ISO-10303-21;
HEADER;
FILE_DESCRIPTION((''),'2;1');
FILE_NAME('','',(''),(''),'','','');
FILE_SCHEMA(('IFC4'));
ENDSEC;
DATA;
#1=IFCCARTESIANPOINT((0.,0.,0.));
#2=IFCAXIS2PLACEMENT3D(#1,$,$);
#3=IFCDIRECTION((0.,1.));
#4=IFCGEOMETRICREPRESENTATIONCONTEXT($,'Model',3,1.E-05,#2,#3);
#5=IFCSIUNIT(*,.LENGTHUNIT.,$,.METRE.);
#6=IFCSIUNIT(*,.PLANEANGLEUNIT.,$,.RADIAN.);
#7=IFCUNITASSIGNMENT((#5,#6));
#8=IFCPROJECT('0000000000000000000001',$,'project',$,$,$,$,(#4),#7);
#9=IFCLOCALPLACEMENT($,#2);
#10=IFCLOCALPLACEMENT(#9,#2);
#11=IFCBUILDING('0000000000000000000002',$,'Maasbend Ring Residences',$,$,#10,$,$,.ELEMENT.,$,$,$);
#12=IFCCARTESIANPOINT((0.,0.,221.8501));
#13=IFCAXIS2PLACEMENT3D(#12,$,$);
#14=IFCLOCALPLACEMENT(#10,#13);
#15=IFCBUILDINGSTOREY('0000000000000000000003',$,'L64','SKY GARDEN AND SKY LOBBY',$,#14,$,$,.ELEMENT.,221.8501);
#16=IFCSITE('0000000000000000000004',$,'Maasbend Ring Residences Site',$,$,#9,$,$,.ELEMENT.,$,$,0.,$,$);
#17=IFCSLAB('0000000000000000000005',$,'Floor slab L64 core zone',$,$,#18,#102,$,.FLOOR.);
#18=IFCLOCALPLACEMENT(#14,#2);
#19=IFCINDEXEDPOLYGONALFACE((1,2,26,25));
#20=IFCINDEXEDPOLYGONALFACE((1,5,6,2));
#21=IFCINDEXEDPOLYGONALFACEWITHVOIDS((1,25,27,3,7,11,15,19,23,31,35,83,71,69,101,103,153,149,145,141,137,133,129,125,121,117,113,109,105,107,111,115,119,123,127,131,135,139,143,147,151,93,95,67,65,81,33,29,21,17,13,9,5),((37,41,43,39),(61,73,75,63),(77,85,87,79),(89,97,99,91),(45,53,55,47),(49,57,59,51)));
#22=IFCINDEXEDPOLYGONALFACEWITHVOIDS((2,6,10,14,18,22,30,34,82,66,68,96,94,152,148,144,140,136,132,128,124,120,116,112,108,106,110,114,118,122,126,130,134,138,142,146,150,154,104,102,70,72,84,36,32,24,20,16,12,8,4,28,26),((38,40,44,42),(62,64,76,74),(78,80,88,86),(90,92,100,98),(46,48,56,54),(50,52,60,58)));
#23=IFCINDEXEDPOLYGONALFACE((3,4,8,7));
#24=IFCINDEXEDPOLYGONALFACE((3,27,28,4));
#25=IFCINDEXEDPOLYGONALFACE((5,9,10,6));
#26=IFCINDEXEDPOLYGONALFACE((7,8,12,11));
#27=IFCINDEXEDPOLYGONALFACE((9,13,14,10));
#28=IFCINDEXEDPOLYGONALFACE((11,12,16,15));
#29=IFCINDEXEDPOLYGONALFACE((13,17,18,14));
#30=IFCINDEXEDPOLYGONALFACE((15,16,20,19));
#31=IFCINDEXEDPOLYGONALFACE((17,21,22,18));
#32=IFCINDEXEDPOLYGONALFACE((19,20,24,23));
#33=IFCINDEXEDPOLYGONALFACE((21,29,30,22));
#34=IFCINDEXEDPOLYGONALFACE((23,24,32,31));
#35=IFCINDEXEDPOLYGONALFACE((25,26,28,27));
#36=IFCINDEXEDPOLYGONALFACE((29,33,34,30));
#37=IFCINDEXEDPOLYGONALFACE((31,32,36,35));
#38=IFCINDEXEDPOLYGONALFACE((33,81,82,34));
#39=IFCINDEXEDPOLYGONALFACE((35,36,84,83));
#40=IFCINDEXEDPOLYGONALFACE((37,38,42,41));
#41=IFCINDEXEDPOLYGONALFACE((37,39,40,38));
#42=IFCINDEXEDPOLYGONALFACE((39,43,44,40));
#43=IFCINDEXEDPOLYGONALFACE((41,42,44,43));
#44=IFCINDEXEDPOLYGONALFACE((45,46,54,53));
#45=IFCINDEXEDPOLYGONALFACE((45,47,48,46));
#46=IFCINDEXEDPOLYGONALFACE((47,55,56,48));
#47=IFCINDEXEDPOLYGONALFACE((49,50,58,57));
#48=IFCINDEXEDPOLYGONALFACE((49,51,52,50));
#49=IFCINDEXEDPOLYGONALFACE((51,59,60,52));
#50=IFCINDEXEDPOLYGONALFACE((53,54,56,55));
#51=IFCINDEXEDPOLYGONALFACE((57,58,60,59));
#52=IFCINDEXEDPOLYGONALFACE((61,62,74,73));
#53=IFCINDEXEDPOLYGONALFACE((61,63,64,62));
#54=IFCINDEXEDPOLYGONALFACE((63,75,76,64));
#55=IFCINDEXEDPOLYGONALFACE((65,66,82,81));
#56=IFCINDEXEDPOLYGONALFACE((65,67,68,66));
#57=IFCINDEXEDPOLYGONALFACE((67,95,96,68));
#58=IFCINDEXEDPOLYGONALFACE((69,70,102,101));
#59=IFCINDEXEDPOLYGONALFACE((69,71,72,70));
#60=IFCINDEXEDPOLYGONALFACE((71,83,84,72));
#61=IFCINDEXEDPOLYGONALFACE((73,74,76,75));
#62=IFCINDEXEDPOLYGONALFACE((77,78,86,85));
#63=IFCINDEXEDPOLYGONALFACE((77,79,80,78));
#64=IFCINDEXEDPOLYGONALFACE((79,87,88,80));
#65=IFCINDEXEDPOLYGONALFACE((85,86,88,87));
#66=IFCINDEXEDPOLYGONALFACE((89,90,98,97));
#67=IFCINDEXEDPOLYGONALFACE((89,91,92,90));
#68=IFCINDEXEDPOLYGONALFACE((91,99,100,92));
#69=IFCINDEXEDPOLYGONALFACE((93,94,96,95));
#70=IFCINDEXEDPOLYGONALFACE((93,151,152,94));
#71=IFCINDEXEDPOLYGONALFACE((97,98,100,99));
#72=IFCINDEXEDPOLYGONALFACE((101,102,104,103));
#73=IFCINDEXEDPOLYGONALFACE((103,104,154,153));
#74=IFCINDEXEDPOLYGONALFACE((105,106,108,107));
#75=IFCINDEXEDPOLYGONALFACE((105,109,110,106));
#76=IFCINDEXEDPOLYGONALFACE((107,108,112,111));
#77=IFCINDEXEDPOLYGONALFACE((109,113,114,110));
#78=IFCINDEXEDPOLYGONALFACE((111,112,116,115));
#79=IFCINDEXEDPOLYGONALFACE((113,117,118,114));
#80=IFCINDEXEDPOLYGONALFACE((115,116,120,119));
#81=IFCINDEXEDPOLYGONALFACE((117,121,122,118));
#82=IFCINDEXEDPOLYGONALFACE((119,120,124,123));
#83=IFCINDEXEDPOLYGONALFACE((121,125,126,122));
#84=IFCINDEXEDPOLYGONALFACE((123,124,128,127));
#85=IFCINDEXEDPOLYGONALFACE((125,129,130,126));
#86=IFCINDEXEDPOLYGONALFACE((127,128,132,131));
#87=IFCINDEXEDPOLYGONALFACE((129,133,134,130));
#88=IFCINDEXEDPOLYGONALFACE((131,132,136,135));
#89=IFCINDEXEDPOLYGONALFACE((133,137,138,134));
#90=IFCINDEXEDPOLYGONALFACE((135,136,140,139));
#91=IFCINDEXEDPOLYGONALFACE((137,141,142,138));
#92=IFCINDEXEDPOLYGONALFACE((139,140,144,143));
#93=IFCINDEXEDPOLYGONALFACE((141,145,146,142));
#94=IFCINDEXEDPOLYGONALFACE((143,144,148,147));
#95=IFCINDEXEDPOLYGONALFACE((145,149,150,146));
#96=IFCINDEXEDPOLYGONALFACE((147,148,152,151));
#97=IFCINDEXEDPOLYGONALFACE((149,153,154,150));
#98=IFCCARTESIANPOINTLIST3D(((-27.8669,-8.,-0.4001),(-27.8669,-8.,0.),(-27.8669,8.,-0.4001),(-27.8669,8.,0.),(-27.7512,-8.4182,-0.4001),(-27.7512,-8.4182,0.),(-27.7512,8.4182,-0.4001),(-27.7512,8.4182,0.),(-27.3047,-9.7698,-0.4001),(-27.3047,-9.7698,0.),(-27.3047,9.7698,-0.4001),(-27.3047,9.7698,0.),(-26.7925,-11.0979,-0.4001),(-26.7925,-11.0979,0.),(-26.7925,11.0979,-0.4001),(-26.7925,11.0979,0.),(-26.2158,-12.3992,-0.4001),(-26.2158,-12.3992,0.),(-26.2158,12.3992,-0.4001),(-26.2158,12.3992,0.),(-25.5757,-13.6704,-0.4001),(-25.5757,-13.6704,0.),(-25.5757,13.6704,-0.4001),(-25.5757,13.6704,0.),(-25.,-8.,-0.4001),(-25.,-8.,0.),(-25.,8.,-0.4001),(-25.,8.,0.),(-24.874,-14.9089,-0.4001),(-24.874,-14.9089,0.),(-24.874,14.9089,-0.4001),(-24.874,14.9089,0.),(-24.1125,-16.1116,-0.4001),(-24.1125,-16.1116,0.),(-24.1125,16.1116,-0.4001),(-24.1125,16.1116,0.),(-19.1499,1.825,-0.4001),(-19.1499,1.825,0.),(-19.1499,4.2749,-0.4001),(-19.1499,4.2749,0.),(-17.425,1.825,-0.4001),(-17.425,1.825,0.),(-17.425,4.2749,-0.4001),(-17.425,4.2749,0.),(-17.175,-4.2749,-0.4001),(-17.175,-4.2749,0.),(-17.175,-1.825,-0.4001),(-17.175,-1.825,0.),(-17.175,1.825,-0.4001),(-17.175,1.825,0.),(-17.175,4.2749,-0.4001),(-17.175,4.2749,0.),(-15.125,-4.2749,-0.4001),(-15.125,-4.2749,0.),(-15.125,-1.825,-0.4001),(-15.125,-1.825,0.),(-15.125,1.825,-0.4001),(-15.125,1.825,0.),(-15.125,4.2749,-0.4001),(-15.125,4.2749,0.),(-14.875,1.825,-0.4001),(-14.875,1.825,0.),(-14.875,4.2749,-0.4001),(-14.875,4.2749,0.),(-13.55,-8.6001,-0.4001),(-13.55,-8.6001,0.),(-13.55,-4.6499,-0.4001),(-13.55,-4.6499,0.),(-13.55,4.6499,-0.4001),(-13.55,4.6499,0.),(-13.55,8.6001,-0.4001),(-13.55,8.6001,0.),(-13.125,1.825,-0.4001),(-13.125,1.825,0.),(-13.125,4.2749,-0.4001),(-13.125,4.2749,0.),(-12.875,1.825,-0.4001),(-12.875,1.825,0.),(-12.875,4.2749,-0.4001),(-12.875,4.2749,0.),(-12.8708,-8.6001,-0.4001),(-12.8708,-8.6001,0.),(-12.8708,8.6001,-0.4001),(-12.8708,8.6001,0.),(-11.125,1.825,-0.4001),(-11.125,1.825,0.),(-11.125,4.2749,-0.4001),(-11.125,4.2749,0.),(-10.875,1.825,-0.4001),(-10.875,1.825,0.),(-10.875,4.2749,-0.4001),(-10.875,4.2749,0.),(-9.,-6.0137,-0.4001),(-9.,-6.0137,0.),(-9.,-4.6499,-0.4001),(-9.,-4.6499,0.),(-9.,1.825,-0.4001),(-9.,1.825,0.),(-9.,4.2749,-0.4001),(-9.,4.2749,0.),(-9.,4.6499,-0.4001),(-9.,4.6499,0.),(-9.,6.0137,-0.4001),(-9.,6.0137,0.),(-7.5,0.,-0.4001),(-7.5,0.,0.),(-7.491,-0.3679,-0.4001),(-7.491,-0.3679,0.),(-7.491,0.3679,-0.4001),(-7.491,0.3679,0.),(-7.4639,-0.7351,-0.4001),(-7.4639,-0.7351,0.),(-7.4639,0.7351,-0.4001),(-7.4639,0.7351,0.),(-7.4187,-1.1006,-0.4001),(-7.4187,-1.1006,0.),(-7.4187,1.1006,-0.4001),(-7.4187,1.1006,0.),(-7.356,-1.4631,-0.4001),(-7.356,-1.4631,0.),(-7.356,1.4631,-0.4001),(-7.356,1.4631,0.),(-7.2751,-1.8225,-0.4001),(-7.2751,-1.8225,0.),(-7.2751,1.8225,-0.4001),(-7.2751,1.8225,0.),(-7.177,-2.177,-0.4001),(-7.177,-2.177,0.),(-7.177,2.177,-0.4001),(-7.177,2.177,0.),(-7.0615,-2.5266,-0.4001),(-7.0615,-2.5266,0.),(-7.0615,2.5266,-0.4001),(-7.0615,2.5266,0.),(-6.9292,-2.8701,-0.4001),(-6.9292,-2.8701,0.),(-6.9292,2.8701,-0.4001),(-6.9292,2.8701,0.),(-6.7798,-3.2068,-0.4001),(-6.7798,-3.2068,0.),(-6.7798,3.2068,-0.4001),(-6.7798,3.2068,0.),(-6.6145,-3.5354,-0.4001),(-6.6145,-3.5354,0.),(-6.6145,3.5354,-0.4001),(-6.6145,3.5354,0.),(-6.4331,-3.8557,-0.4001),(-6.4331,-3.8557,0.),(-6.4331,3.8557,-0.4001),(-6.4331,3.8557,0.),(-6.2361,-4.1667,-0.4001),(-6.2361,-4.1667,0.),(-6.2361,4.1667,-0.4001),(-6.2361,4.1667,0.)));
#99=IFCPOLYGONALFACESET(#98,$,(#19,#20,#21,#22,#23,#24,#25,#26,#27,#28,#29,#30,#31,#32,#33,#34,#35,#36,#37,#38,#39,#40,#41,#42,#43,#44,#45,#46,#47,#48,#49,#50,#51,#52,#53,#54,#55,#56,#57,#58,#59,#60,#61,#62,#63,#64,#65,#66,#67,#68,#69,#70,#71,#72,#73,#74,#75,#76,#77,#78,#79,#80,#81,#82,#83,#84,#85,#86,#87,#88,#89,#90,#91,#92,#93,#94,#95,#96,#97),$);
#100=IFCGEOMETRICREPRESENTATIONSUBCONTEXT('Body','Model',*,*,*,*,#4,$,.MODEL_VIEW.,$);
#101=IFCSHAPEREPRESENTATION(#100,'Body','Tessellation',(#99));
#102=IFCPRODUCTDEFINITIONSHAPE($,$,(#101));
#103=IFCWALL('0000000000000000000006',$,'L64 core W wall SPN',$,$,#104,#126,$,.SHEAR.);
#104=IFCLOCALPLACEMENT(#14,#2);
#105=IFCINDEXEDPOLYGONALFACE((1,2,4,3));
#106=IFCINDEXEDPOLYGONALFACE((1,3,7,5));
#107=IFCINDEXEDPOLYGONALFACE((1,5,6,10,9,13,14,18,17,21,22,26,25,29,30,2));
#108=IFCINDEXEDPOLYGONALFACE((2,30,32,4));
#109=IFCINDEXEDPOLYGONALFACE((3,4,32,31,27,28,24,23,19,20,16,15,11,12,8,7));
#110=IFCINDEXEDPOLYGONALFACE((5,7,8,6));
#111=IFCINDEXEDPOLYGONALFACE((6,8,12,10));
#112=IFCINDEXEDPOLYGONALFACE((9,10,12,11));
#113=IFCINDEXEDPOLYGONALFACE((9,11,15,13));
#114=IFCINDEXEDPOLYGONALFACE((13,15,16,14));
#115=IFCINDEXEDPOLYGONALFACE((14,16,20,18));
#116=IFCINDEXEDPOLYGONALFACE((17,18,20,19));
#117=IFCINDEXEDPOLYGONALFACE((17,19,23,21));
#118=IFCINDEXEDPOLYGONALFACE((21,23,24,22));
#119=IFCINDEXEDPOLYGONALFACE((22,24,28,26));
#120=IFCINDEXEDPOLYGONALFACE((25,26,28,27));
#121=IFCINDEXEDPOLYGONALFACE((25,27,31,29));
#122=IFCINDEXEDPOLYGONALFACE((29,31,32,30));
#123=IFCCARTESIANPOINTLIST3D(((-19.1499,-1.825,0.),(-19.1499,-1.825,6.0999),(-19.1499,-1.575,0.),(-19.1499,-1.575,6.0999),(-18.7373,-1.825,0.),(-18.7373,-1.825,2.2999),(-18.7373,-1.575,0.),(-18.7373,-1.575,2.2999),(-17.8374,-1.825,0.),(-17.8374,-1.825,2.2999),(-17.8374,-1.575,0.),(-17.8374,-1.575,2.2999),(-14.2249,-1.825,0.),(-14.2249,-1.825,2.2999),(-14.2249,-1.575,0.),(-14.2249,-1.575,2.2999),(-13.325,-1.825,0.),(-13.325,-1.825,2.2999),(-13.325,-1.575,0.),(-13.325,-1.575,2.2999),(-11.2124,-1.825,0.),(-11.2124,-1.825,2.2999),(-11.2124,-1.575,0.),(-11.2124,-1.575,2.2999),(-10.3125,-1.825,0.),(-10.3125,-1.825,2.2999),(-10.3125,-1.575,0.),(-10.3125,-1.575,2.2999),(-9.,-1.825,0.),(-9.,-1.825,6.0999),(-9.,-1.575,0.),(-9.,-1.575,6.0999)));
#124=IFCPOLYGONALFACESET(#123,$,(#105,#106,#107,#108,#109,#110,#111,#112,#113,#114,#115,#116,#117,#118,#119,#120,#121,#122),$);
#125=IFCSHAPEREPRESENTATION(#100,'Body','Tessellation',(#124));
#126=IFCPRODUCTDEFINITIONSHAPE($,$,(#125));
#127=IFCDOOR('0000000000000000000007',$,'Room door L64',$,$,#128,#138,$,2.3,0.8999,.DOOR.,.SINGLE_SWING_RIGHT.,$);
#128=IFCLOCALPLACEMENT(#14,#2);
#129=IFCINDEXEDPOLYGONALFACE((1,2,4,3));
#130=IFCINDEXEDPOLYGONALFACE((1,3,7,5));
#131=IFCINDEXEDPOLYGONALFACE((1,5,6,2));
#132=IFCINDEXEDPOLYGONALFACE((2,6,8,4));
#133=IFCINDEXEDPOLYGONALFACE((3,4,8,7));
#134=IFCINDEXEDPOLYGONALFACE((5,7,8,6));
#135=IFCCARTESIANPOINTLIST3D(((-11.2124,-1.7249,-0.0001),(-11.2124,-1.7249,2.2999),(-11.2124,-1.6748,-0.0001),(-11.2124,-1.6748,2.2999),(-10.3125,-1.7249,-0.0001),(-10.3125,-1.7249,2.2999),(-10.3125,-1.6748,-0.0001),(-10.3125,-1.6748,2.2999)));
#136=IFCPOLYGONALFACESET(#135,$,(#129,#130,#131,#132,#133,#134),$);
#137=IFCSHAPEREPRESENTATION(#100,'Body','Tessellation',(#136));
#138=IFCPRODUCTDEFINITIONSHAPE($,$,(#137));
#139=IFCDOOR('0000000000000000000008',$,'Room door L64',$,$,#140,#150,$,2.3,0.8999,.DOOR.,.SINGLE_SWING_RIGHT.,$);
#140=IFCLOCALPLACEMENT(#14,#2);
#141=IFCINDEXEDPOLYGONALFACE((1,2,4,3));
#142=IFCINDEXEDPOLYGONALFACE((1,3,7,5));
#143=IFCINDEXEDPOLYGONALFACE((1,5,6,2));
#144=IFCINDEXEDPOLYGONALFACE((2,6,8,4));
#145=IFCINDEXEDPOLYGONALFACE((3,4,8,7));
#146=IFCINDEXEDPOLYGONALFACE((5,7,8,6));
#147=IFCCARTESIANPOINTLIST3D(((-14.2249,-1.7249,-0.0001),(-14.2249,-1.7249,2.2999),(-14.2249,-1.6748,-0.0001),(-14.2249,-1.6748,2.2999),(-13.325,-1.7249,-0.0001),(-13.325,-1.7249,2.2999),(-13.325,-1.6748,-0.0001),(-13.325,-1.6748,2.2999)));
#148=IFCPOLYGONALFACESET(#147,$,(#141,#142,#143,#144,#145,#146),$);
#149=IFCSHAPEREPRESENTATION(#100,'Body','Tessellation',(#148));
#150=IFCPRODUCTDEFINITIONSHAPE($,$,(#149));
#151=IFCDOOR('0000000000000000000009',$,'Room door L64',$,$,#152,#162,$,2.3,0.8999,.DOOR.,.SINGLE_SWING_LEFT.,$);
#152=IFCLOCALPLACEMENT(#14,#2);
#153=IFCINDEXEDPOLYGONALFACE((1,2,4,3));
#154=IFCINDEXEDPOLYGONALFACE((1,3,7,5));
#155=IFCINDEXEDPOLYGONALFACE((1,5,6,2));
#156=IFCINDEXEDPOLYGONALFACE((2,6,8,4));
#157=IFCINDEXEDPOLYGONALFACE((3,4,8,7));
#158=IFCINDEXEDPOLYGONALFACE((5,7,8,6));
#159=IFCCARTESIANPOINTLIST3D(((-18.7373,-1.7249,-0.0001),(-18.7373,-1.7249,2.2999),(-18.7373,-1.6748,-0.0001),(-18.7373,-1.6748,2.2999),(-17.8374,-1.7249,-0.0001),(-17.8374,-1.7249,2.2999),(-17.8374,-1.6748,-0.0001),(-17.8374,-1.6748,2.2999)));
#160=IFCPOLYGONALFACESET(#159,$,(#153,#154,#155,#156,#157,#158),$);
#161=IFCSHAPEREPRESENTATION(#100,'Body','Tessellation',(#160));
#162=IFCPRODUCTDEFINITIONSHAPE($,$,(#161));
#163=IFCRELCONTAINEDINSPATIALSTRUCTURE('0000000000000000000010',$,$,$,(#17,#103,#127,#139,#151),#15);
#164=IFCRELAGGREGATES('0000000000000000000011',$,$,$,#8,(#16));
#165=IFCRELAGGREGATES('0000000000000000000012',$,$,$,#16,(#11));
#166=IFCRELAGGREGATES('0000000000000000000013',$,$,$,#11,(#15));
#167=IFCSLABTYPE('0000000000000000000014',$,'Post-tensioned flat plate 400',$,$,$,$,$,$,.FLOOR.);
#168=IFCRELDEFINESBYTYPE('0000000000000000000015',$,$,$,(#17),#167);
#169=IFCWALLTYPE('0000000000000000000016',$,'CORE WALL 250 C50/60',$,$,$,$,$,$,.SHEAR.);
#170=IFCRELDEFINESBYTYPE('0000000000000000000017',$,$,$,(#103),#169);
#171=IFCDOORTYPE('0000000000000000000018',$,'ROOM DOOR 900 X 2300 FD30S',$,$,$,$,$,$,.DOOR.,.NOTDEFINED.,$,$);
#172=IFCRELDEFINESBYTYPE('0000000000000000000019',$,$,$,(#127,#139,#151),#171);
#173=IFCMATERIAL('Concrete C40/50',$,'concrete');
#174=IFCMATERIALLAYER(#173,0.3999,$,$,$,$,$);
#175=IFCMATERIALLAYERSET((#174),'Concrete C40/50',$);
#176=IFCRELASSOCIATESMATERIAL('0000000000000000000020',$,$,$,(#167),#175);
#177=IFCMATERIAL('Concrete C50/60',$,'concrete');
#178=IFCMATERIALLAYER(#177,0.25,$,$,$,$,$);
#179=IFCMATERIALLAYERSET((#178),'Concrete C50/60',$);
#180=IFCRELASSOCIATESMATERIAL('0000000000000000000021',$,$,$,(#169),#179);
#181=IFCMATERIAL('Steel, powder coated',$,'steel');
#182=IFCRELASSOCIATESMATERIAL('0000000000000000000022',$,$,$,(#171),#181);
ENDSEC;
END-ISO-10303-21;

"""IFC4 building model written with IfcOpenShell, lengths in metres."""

from ifc_helpers import new_model, si_unit, direction, frame, frame_2d, origin, place, context, subcontext, project, spatial, polyline, rectangle, outline, extrude, material, layer, layer_set, type_object, element, fill, save


model = new_model("IFC4")

# Units and contexts
model_context = context("Model", 3, precision=1e-05, world=origin(), true_north=direction((0.0, 1.0)))
body_context = subcontext(model_context, "Body", "Model", "MODEL_VIEW")
ifc_project = project(units=[si_unit("LENGTHUNIT", "METRE"), si_unit("PLANEANGLEUNIT", "RADIAN")], contexts=[model_context])

# Site, building, storey
site_placement = place(None, origin())
site = spatial("IfcSite", under=ifc_project, at=site_placement, Name="Maasbend Ring Residences Site", CompositionType="ELEMENT", RefElevation=0.0)
building_placement = place(site_placement, origin())
building = spatial("IfcBuilding", under=site, at=building_placement, Name="Maasbend Ring Residences", CompositionType="ELEMENT")
storey_placement = place(building_placement, frame((0.0, 0.0, 221.8501)))
storey = spatial("IfcBuildingStorey", under=building, at=storey_placement, Name="L64", Description="SKY GARDEN AND SKY LOBBY", CompositionType="ELEMENT", Elevation=221.8501)

# Slab
ifc_material_1 = material(Name="Concrete C40/50", Category="concrete")
ifc_layer_1 = layer(ifc_material_1, 0.3999)
ifc_layer_set_1 = layer_set([ifc_layer_1], Name="Concrete C40/50")
slab_type_1 = type_object("IfcSlabType", Name="Post-tensioned flat plate 400", PredefinedType="FLOOR", material=ifc_layer_set_1)
slab_1_placement = place(storey_placement, frame((0.0, 0.0, -0.4001)))
element("IfcSlab", 1, at=slab_1_placement, inside=storey, type_object=slab_type_1, Name="Floor slab L64 core zone", PredefinedType="FLOOR", context=body_context, shape_type="SweptSolid", body=[
    extrude(outline(polyline([(-24.1125, -16.1116), (-12.8708, -8.6001), (-13.55, -8.6001), (-13.55, -4.6499), (-9.0, -4.6499), (-9.0, -6.0137), (-6.2361, -4.1667), (-6.4331, -3.8557), (-6.6145, -3.5354), (-6.7798, -3.2068), (-6.9292, -2.8701), (-7.0615, -2.5266), (-7.177, -2.177), (-7.2751, -1.8225), (-7.356, -1.4631), (-7.4187, -1.1006), (-7.4639, -0.7351), (-7.491, -0.3679), (-7.5, 0.0), (-7.491, 0.3679), (-7.4639, 0.7351), (-7.4187, 1.1006), (-7.356, 1.4631), (-7.2751, 1.8225), (-7.177, 2.177), (-7.0615, 2.5266), (-6.9292, 2.8701), (-6.7798, 3.2068), (-6.6145, 3.5354), (-6.4331, 3.8557), (-6.2361, 4.1667), (-9.0, 6.0137), (-9.0, 4.6499), (-13.55, 4.6499), (-13.55, 8.6001), (-12.8708, 8.6001), (-24.1125, 16.1116), (-24.1125, 16.1116), (-24.874, 14.9089), (-25.5757, 13.6704), (-26.2158, 12.3992), (-26.7925, 11.0979), (-27.3047, 9.7698), (-27.7512, 8.4182), (-27.8669, 8.0), (-25.0, 8.0), (-25.0, -8.0), (-27.8669, -8.0), (-27.7512, -8.4182), (-27.3047, -9.7698), (-26.7925, -11.0979), (-26.2158, -12.3992), (-25.5757, -13.6704), (-24.874, -14.9089), (-24.1125, -16.1116)]), holes=[polyline([(-10.875, 4.2749), (-9.0, 4.2749), (-9.0, 1.825), (-10.875, 1.825), (-10.875, 4.2749)]), polyline([(-12.875, 4.2749), (-11.125, 4.2749), (-11.125, 1.825), (-12.875, 1.825), (-12.875, 4.2749)]), polyline([(-14.875, 4.2749), (-13.125, 4.2749), (-13.125, 1.825), (-14.875, 1.825), (-14.875, 4.2749)]), polyline([(-17.175, -1.825), (-15.125, -1.825), (-15.125, -4.2749), (-17.175, -4.2749), (-17.175, -1.825)]), polyline([(-17.175, 4.2749), (-15.125, 4.2749), (-15.125, 1.825), (-17.175, 1.825), (-17.175, 4.2749)]), polyline([(-19.1499, 4.2749), (-17.425, 4.2749), (-17.425, 1.825), (-19.1499, 1.825), (-19.1499, 4.2749)])]), origin(), (0.0, 0.0, 1.0), 0.4001),
])

# Wall, openings, doors
ifc_material_2 = material(Name="Concrete C50/60", Category="concrete")
ifc_layer_2 = layer(ifc_material_2, 0.25)
ifc_layer_set_2 = layer_set([ifc_layer_2], Name="Concrete C50/60")
wall_type_1 = type_object("IfcWallType", Name="CORE WALL 250 C50/60", PredefinedType="SHEAR", material=ifc_layer_set_2)
wall_1_placement = place(storey_placement, frame((-9.0, -1.7, 0.0), z_axis=(0.0, 0.0, 1.0), x_axis=(-1.0, 0.0, 0.0)))
wall_1 = element("IfcWall", 2, at=wall_1_placement, inside=storey, type_object=wall_type_1, Name="L64 core W wall SPN", PredefinedType="SHEAR", context=body_context, shape_type="SweptSolid", body=[
    extrude(rectangle(XDim=10.1499, YDim=0.25, at=frame_2d((5.075, 0.0))), origin(), (0.0, 0.0, 1.0), 6.0999),
])
opening_1_placement = place(wall_1_placement, frame((1.3125, 0.0, 0.0)))
opening_1 = element("IfcOpeningElement", 3, at=opening_1_placement, cuts=wall_1, PredefinedType="OPENING", context=body_context, shape_type="SweptSolid", body=[
    extrude(rectangle(XDim=0.8999, YDim=2.3, at=frame_2d((0.45, 1.1499))), frame((0.0, 0.135, 0.0), z_axis=(0.0, -1.0, 0.0), x_axis=(1.0, 0.0, 0.0)), (0.0, 0.0, 1.0), 0.27),
])
opening_2_placement = place(wall_1_placement, frame((4.325, 0.0, 0.0)))
opening_2 = element("IfcOpeningElement", 4, at=opening_2_placement, cuts=wall_1, PredefinedType="OPENING", context=body_context, shape_type="SweptSolid", body=[
    extrude(rectangle(XDim=0.8999, YDim=2.3, at=frame_2d((0.45, 1.1499))), frame((0.0, 0.135, 0.0), z_axis=(0.0, -1.0, 0.0), x_axis=(1.0, 0.0, 0.0)), (0.0, 0.0, 1.0), 0.27),
])
opening_3_placement = place(wall_1_placement, frame((8.8374, 0.0, 0.0)))
opening_3 = element("IfcOpeningElement", 5, at=opening_3_placement, cuts=wall_1, PredefinedType="OPENING", context=body_context, shape_type="SweptSolid", body=[
    extrude(rectangle(XDim=0.8999, YDim=2.3, at=frame_2d((0.45, 1.1499))), frame((0.0, 0.135, 0.0), z_axis=(0.0, -1.0, 0.0), x_axis=(1.0, 0.0, 0.0)), (0.0, 0.0, 1.0), 0.27),
])
ifc_material_3 = material(Name="Steel, powder coated", Category="steel")
door_type_1 = type_object("IfcDoorType", Name="ROOM DOOR 900 X 2300 FD30S", OperationType="NOTDEFINED", PredefinedType="DOOR", material=ifc_material_3)
door_1_placement = place(opening_1_placement, origin())
door_1 = element("IfcDoor", 6, at=door_1_placement, inside=storey, type_object=door_type_1, Name="Room door L64", OperationType="SINGLE_SWING_RIGHT", OverallHeight=2.3, OverallWidth=0.8999, PredefinedType="DOOR", context=body_context, shape_type="SweptSolid", body=[
    extrude(rectangle(XDim=0.8999, YDim=2.3, at=frame_2d((0.45, 1.1499))), frame((0.0, 0.0249, 0.0), z_axis=(0.0, -1.0, 0.0), x_axis=(1.0, 0.0, 0.0)), (0.0, 0.0, 1.0), 0.05),
])
fill(opening_1, door_1)
door_2_placement = place(opening_2_placement, origin())
door_2 = element("IfcDoor", 7, at=door_2_placement, inside=storey, type_object=door_type_1, Name="Room door L64", OperationType="SINGLE_SWING_RIGHT", OverallHeight=2.3, OverallWidth=0.8999, PredefinedType="DOOR", context=body_context, shape_type="SweptSolid", body=[
    extrude(rectangle(XDim=0.8999, YDim=2.3, at=frame_2d((0.45, 1.1499))), frame((0.0, 0.0249, 0.0), z_axis=(0.0, -1.0, 0.0), x_axis=(1.0, 0.0, 0.0)), (0.0, 0.0, 1.0), 0.05),
])
fill(opening_2, door_2)
door_3_placement = place(opening_3_placement, origin())
door_3 = element("IfcDoor", 8, at=door_3_placement, inside=storey, type_object=door_type_1, Name="Room door L64", OperationType="SINGLE_SWING_LEFT", OverallHeight=2.3, OverallWidth=0.8999, PredefinedType="DOOR", context=body_context, shape_type="SweptSolid", body=[
    extrude(rectangle(XDim=0.8999, YDim=2.3, at=frame_2d((0.45, 1.1499))), frame((0.0, 0.0249, 0.0), z_axis=(0.0, -1.0, 0.0), x_axis=(1.0, 0.0, 0.0)), (0.0, 0.0, 1.0), 0.05),
])
fill(opening_3, door_3)

save(model, "model.ifc")
